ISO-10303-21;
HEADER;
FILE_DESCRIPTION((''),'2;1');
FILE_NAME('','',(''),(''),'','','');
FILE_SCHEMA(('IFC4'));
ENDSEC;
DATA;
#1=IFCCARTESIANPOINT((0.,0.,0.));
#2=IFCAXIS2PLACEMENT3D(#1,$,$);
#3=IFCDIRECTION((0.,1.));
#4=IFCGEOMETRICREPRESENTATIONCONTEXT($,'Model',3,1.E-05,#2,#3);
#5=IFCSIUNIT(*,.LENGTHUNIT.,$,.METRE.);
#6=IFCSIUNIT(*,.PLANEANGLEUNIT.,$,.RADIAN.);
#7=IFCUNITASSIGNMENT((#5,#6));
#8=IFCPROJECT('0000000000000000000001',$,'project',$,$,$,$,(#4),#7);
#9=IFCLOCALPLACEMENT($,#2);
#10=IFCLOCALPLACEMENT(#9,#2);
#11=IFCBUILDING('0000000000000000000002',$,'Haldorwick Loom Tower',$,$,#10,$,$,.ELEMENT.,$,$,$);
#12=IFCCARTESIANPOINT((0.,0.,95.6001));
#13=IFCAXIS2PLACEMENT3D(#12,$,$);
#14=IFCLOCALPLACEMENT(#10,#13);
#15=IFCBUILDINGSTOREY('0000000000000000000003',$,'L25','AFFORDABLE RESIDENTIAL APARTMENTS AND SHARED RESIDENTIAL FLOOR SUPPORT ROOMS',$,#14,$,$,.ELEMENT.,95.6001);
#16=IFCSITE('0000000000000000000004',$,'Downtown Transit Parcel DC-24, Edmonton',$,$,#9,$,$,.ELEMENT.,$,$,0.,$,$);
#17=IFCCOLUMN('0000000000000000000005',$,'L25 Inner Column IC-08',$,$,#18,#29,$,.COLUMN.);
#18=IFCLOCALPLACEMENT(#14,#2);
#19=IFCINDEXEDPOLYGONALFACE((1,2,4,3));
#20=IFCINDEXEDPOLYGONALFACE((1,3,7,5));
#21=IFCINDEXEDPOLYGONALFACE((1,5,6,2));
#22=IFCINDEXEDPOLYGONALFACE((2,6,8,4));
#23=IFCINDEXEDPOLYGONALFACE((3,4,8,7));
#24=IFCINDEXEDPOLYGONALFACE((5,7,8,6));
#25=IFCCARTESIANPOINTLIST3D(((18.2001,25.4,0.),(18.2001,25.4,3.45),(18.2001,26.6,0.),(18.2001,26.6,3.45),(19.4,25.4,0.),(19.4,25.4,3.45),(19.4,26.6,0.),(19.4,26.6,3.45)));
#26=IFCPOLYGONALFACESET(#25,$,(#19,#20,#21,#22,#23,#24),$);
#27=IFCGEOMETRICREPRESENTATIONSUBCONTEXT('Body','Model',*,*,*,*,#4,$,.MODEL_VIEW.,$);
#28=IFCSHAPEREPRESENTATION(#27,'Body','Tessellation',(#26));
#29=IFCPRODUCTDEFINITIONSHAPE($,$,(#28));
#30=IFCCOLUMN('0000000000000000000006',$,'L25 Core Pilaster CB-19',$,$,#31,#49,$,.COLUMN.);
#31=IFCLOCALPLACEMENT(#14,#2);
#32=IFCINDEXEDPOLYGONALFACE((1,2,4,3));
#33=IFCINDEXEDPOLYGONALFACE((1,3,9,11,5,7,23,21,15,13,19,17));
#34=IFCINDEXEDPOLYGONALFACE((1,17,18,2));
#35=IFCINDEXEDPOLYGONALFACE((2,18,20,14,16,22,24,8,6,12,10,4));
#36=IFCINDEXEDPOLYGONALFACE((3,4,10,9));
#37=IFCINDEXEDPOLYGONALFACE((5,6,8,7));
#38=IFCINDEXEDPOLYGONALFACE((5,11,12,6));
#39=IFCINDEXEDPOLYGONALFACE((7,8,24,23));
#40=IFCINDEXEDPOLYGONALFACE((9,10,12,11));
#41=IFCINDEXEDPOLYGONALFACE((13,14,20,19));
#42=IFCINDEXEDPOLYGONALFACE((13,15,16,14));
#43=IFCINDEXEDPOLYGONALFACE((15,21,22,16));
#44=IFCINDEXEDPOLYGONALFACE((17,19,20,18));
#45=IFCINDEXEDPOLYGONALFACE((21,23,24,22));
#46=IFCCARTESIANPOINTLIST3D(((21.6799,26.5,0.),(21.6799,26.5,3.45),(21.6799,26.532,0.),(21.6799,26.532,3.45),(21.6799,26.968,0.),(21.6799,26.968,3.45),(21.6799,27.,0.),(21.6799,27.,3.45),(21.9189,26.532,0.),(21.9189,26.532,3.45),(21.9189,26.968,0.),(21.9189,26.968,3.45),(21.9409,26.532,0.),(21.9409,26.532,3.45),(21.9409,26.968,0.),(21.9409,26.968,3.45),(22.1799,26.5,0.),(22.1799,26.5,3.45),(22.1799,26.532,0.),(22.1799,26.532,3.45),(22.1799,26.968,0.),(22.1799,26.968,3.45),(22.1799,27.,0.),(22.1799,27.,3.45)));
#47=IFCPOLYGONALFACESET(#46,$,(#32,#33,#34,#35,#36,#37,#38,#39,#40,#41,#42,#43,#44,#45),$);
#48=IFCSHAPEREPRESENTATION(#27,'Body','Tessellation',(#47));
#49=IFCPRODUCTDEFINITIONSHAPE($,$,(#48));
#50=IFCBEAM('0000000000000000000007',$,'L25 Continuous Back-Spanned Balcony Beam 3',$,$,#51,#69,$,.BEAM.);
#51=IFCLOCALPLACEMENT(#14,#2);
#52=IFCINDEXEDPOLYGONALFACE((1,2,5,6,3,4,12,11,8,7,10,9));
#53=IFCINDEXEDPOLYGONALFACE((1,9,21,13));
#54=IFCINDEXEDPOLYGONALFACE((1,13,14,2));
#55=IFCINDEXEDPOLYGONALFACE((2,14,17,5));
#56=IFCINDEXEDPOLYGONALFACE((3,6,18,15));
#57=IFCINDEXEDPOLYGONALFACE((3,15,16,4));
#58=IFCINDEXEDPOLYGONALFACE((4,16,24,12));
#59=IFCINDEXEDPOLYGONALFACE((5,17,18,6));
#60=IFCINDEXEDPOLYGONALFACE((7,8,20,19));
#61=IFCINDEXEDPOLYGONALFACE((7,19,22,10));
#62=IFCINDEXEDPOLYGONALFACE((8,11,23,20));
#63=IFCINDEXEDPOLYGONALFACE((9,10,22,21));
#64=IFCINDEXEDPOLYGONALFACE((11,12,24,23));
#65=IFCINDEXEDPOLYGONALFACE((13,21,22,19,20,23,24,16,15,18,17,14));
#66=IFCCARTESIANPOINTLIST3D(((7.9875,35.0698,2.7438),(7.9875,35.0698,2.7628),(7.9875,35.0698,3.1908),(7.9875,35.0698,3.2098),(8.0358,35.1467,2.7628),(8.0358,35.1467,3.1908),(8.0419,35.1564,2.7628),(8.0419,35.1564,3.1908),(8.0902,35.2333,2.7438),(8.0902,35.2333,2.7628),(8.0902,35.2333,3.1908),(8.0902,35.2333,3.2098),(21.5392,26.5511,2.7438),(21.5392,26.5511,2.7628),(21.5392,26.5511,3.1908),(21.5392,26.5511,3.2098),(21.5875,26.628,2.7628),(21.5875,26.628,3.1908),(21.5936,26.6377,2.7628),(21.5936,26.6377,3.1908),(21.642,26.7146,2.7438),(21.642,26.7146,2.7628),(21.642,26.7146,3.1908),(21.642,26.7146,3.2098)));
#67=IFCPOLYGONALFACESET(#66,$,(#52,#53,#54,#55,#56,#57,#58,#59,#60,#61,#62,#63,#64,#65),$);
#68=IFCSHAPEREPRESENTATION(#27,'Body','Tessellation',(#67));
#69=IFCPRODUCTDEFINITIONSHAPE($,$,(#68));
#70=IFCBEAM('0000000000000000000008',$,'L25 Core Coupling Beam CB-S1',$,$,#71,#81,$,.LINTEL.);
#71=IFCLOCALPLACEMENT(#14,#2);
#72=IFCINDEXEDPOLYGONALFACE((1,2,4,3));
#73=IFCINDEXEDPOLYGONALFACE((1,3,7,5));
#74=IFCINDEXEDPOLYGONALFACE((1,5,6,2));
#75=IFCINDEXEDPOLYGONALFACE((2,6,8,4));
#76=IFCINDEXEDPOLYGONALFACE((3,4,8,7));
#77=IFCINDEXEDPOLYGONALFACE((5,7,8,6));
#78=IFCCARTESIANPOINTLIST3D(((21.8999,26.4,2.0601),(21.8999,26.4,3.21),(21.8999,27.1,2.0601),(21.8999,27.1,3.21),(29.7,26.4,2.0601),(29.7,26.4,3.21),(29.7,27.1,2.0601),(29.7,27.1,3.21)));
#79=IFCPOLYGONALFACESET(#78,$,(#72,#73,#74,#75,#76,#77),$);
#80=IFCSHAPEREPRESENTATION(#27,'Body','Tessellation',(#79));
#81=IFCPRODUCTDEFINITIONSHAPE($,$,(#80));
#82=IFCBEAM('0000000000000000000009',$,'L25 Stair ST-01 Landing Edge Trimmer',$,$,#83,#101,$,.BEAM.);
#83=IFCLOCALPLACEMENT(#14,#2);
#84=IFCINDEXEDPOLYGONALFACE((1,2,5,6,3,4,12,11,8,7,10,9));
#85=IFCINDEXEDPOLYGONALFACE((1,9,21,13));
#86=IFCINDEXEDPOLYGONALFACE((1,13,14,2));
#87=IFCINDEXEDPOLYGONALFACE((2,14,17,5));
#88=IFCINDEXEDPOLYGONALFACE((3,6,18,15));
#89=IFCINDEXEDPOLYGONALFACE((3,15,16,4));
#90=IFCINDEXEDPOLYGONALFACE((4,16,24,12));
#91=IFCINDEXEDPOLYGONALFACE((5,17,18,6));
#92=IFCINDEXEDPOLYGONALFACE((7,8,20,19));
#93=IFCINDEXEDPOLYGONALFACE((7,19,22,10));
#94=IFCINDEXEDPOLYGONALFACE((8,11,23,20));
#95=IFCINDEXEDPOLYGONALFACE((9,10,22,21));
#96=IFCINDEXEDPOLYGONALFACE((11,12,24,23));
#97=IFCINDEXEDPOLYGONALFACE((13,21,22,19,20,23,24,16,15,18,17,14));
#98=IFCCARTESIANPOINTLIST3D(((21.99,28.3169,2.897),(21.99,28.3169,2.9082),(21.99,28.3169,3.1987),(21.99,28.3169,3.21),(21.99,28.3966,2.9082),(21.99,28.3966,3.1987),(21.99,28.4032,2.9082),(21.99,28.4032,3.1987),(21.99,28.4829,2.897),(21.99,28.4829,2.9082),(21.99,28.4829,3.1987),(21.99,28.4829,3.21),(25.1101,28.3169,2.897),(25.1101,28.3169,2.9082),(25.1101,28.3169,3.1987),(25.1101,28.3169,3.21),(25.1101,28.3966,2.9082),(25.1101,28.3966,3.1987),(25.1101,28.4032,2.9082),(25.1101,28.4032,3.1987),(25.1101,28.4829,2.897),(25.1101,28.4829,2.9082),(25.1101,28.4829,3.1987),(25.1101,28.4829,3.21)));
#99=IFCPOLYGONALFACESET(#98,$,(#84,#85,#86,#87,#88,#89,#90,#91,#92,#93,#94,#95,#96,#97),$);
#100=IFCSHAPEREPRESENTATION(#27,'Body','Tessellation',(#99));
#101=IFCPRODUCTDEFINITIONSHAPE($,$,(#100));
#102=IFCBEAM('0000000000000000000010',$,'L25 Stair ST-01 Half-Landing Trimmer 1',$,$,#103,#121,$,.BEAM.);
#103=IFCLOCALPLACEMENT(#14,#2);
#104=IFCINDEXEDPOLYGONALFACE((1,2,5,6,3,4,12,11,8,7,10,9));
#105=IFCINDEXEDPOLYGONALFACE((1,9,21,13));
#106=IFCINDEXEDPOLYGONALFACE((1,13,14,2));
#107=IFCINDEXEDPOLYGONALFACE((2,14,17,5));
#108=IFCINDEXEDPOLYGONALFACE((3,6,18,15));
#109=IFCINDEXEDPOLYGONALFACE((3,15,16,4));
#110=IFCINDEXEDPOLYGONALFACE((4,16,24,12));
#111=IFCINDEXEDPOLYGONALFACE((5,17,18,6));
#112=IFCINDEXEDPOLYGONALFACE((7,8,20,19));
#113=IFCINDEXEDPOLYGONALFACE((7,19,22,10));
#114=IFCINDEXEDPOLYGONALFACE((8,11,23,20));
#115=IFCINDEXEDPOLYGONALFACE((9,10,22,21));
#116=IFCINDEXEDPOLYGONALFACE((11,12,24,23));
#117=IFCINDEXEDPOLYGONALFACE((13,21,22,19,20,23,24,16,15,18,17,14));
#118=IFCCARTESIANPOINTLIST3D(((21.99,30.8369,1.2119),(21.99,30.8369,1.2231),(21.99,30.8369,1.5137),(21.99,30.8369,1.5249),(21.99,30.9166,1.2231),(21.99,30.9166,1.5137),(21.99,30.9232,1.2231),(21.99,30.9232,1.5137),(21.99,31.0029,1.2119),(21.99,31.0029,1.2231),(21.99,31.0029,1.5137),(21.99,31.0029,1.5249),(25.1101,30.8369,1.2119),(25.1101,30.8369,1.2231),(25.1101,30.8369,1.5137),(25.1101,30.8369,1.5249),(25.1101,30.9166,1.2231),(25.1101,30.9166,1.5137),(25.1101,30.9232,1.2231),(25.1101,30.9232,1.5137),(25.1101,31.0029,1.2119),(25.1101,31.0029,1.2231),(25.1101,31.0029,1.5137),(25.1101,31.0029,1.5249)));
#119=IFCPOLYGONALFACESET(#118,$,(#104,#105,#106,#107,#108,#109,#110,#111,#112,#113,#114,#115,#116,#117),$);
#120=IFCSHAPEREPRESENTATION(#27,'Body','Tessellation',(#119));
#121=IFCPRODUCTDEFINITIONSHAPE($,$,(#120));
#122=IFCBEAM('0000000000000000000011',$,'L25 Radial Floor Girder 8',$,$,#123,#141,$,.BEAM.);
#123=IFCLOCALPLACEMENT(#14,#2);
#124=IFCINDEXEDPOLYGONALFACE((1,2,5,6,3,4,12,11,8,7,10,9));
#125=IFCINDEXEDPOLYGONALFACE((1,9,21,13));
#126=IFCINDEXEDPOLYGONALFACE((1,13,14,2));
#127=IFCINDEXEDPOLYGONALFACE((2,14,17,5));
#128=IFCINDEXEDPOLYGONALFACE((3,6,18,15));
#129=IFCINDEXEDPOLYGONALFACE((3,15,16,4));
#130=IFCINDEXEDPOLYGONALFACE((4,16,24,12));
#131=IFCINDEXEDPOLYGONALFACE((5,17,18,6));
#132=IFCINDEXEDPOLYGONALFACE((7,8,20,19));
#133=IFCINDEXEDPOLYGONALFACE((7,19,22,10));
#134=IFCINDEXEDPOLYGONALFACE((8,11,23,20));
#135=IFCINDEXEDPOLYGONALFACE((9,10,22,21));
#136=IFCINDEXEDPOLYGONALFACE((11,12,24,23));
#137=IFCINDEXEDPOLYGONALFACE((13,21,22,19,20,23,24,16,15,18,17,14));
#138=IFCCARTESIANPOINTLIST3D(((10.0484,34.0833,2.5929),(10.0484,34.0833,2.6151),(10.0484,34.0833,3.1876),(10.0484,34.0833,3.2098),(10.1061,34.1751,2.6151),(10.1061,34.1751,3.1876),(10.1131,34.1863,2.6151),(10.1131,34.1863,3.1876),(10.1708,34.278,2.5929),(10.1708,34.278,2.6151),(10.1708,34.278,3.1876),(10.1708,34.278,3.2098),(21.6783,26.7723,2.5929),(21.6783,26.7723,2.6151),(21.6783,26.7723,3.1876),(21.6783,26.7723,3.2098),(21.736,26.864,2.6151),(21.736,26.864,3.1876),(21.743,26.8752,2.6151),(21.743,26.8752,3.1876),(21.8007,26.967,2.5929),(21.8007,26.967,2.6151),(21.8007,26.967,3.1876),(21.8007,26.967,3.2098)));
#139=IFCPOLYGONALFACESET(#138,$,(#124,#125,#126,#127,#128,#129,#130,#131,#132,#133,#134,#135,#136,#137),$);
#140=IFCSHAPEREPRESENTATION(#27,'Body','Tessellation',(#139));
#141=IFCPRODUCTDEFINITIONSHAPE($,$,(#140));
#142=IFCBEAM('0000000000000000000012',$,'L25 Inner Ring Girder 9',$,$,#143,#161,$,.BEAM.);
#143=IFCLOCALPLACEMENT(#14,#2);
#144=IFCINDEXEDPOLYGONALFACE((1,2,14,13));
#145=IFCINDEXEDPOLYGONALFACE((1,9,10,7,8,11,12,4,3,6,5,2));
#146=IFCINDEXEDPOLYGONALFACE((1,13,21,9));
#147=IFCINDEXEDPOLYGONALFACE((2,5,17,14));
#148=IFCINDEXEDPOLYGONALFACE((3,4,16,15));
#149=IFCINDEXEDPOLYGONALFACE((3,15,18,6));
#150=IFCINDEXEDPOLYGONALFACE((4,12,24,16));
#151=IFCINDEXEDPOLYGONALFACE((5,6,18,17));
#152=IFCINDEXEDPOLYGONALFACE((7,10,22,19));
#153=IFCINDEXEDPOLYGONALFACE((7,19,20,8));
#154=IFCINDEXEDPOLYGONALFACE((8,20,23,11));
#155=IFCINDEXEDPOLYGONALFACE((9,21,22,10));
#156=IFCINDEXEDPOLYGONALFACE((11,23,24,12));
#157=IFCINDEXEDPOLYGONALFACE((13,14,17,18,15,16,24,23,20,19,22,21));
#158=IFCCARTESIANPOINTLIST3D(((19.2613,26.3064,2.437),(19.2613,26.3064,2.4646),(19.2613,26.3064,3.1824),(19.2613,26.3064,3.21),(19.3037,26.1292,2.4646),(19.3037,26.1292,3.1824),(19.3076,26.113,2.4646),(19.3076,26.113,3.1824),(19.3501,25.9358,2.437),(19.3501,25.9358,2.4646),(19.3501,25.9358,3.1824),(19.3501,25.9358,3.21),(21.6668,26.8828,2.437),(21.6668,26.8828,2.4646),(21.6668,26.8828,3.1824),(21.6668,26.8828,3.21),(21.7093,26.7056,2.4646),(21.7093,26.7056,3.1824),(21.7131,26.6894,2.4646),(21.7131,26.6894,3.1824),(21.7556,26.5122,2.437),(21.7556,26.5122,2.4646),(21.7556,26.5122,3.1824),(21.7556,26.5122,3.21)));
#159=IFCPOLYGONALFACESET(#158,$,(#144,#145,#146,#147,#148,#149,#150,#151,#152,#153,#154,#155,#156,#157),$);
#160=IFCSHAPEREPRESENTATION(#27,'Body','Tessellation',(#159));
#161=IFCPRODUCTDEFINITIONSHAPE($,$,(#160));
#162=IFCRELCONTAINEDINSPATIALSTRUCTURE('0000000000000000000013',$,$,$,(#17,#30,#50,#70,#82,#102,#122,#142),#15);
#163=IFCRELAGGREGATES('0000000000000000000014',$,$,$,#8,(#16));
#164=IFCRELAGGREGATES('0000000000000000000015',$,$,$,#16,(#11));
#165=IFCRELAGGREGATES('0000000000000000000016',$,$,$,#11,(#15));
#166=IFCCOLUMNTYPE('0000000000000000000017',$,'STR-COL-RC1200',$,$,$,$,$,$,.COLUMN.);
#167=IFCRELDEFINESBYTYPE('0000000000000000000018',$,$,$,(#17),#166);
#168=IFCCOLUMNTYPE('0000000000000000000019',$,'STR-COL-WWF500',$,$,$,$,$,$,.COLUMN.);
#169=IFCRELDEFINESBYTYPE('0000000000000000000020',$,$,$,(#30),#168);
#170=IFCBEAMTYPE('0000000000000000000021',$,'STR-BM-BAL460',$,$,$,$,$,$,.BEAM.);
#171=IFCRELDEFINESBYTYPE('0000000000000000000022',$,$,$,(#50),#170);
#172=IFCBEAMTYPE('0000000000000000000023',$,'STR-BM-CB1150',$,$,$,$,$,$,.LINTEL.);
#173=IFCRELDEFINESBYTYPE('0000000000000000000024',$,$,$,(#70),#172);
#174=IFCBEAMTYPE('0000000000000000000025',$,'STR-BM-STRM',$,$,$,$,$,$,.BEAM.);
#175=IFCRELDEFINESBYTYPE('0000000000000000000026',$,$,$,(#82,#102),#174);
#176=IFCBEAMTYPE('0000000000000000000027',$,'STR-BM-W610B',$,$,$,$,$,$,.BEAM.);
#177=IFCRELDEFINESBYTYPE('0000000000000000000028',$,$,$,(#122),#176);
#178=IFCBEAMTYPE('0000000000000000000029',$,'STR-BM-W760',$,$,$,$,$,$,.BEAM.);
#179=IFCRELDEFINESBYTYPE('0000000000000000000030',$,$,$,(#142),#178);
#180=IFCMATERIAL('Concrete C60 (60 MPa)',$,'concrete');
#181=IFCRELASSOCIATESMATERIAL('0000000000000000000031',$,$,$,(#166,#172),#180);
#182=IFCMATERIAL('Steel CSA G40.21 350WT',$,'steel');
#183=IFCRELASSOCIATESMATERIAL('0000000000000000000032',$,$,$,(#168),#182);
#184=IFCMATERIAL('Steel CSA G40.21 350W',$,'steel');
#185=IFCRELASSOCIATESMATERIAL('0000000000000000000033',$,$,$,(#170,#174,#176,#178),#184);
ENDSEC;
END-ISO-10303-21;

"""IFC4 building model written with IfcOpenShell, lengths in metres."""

from ifc_helpers import new_model, si_unit, direction, frame, origin, origin_2d, place, context, subcontext, project, spatial, rectangle, i_section, extrude, material, material_profile, profile_set, type_object, element, save


model = new_model("IFC4")

# Units and contexts
model_context = context("Model", 3, precision=1e-05, world=origin(), true_north=direction((0.0, 1.0)))
body_context = subcontext(model_context, "Body", "Model", "MODEL_VIEW")
ifc_project = project(units=[si_unit("LENGTHUNIT", "METRE"), si_unit("PLANEANGLEUNIT", "RADIAN")], contexts=[model_context])

# Site, building, storey
site_placement = place(None, origin())
site = spatial("IfcSite", under=ifc_project, at=site_placement, Name="Downtown Transit Parcel DC-24, Edmonton", CompositionType="ELEMENT", RefElevation=0.0)
building_placement = place(site_placement, origin())
building = spatial("IfcBuilding", under=site, at=building_placement, Name="Haldorwick Loom Tower", CompositionType="ELEMENT")
storey_placement = place(building_placement, frame((0.0, 0.0, 95.6001)))
storey = spatial("IfcBuildingStorey", under=building, at=storey_placement, Name="L25", Description="AFFORDABLE RESIDENTIAL APARTMENTS AND SHARED RESIDENTIAL FLOOR SUPPORT ROOMS", CompositionType="ELEMENT", Elevation=95.6001)

# Columns
ifc_material_1 = material(Name="Concrete C60 (60 MPa)", Category="concrete")
ifc_material_profile_1 = material_profile(ifc_material_1, rectangle(XDim=1.2, YDim=1.2, at=origin_2d()), Name="RC1200X1200", Category="concrete")
ifc_profile_set_1 = profile_set([ifc_material_profile_1], Name="Concrete C60 (60 MPa)")
column_type_1 = type_object("IfcColumnType", Name="STR-COL-RC1200", PredefinedType="COLUMN", material=ifc_profile_set_1)
column_1_placement = place(storey_placement, frame((18.8, 26.0, 0.0), z_axis=(0.0, 0.0, 1.0), x_axis=(1.0, 0.0, 0.0)))
element("IfcColumn", 1, at=column_1_placement, inside=storey, type_object=column_type_1, Name="L25 Inner Column IC-08", PredefinedType="COLUMN", context=body_context, shape_type="SweptSolid", body=[
    extrude(rectangle(XDim=1.2, YDim=1.2, at=origin_2d()), origin(), (0.0, 0.0, 1.0), 3.45),
])
ifc_material_2 = material(Name="Steel CSA G40.21 350WT", Category="steel")
ifc_material_profile_2 = material_profile(ifc_material_2, i_section(OverallWidth=0.5, OverallDepth=0.5, WebThickness=0.022, FlangeThickness=0.032, at=origin_2d()), Name="WWF500X500", Category="steel")
ifc_profile_set_2 = profile_set([ifc_material_profile_2], Name="Steel CSA G40.21 350WT")
column_type_2 = type_object("IfcColumnType", Name="STR-COL-WWF500", PredefinedType="COLUMN", material=ifc_profile_set_2)
column_2_placement = place(storey_placement, frame((21.9299, 26.75, 0.0), z_axis=(0.0, 0.0, 1.0), x_axis=(1.0, 0.0, 0.0)))
element("IfcColumn", 2, at=column_2_placement, inside=storey, type_object=column_type_2, Name="L25 Core Pilaster CB-19", PredefinedType="COLUMN", context=body_context, shape_type="SweptSolid", body=[
    extrude(i_section(OverallWidth=0.5, OverallDepth=0.5, WebThickness=0.022, FlangeThickness=0.032, at=origin_2d()), origin(), (0.0, 0.0, 1.0), 3.45),
])

# Beams
ifc_material_3 = material(Name="Steel CSA G40.21 350W", Category="steel")
ifc_material_profile_3 = material_profile(ifc_material_3, i_section(OverallWidth=0.1931, OverallDepth=0.4661, WebThickness=0.0115, FlangeThickness=0.019, at=origin_2d()), Name="W460X97", Category="steel")
ifc_profile_set_3 = profile_set([ifc_material_profile_3], Name="Steel CSA G40.21 350W")
beam_type_1 = type_object("IfcBeamType", Name="STR-BM-BAL460", PredefinedType="BEAM", material=ifc_profile_set_3)
beam_1_placement = place(storey_placement, frame((21.5906, 26.6328, 2.9768), z_axis=(-0.846621, 0.532196, 0.0), x_axis=(-0.532196, -0.846621, 0.0)))
element("IfcBeam", 3, at=beam_1_placement, inside=storey, type_object=beam_type_1, Name="L25 Continuous Back-Spanned Balcony Beam 3", PredefinedType="BEAM", context=body_context, shape_type="SweptSolid", body=[
    extrude(i_section(OverallWidth=0.1931, OverallDepth=0.4661, WebThickness=0.0115, FlangeThickness=0.019, at=origin_2d()), origin(), (0.0, 0.0, 1.0), 16.0068),
])
ifc_material_profile_4 = material_profile(ifc_material_1, rectangle(XDim=0.7, YDim=1.1499, at=origin_2d()), Name="RC700X1150", Category="concrete")
ifc_profile_set_4 = profile_set([ifc_material_profile_4], Name="Concrete C60 (60 MPa)")
beam_type_2 = type_object("IfcBeamType", Name="STR-BM-CB1150", PredefinedType="LINTEL", material=ifc_profile_set_4)
beam_2_placement = place(storey_placement, frame((21.8999, 26.75, 2.635), z_axis=(1.0, 0.0, 0.0), x_axis=(0.0, 1.0, 0.0)))
element("IfcBeam", 4, at=beam_2_placement, inside=storey, type_object=beam_type_2, Name="L25 Core Coupling Beam CB-S1", PredefinedType="LINTEL", context=body_context, shape_type="SweptSolid", body=[
    extrude(rectangle(XDim=0.7, YDim=1.1499, at=origin_2d()), origin(), (0.0, 0.0, 1.0), 7.8),
])
ifc_material_profile_5 = material_profile(ifc_material_3, i_section(OverallWidth=0.166, OverallDepth=0.313, WebThickness=0.0066, FlangeThickness=0.0112, at=origin_2d()), Name="W310X45", Category="steel")
ifc_profile_set_5 = profile_set([ifc_material_profile_5], Name="Steel CSA G40.21 350W")
beam_type_3 = type_object("IfcBeamType", Name="STR-BM-STRM", PredefinedType="BEAM", material=ifc_profile_set_5)
for number, where, z_axis, x_axis, name in (
    (5, (21.99, 28.3999, 3.0535), (1.0, 0.0, 0.0), (0.0, 1.0, 0.0), "L25 Stair ST-01 Landing Edge Trimmer"),
    (6, (21.99, 30.9199, 1.3684), (1.0, 0.0, 0.0), (0.0, 1.0, 0.0), "L25 Stair ST-01 Half-Landing Trimmer 1"),
):
    element("IfcBeam", number, at=place(storey_placement, frame(where, z_axis=z_axis, x_axis=x_axis)), inside=storey, type_object=beam_type_3, Name=name, PredefinedType="BEAM", context=body_context, shape_type="SweptSolid", body=[
        extrude(i_section(OverallWidth=0.166, OverallDepth=0.313, WebThickness=0.0066, FlangeThickness=0.0112, at=origin_2d()), origin(), (0.0, 0.0, 1.0), 3.1201),
    ])
ifc_material_profile_6 = material_profile(ifc_material_3, i_section(OverallWidth=0.23, OverallDepth=0.6169, WebThickness=0.0132, FlangeThickness=0.0222, at=origin_2d()), Name="W610X140", Category="steel")
ifc_profile_set_6 = profile_set([ifc_material_profile_6], Name="Steel CSA G40.21 350W")
beam_type_4 = type_object("IfcBeamType", Name="STR-BM-W610B", PredefinedType="BEAM", material=ifc_profile_set_6)
beam_3_placement = place(storey_placement, frame((21.7395, 26.8696, 2.9014), z_axis=(-0.84661, 0.532214, 0.0), x_axis=(-0.532214, -0.84661, 0.0)))
element("IfcBeam", 7, at=beam_3_placement, inside=storey, type_object=beam_type_4, Name="L25 Radial Floor Girder 8", PredefinedType="BEAM", context=body_context, shape_type="SweptSolid", body=[
    extrude(i_section(OverallWidth=0.23, OverallDepth=0.6169, WebThickness=0.0132, FlangeThickness=0.0222, at=origin_2d()), origin(), (0.0, 0.0, 1.0), 13.7371),
])
ifc_material_profile_7 = material_profile(ifc_material_3, i_section(OverallWidth=0.3811, OverallDepth=0.7729, WebThickness=0.0166, FlangeThickness=0.0276, at=origin_2d()), Name="W760X257", Category="steel")
ifc_profile_set_7 = profile_set([ifc_material_profile_7], Name="Steel CSA G40.21 350W")
beam_type_5 = type_object("IfcBeamType", Name="STR-BM-W760", PredefinedType="BEAM", material=ifc_profile_set_7)
beam_4_placement = place(storey_placement, frame((19.3057, 26.1211, 2.8235), z_axis=(0.972471, 0.233026, 0.0), x_axis=(-0.233026, 0.972471, 0.0)))
element("IfcBeam", 8, at=beam_4_placement, inside=storey, type_object=beam_type_5, Name="L25 Inner Ring Girder 9", PredefinedType="BEAM", context=body_context, shape_type="SweptSolid", body=[
    extrude(i_section(OverallWidth=0.3811, OverallDepth=0.7729, WebThickness=0.0166, FlangeThickness=0.0276, at=origin_2d()), origin(), (0.0, 0.0, 1.0), 2.4736),
])

save(model, "model.ifc")
